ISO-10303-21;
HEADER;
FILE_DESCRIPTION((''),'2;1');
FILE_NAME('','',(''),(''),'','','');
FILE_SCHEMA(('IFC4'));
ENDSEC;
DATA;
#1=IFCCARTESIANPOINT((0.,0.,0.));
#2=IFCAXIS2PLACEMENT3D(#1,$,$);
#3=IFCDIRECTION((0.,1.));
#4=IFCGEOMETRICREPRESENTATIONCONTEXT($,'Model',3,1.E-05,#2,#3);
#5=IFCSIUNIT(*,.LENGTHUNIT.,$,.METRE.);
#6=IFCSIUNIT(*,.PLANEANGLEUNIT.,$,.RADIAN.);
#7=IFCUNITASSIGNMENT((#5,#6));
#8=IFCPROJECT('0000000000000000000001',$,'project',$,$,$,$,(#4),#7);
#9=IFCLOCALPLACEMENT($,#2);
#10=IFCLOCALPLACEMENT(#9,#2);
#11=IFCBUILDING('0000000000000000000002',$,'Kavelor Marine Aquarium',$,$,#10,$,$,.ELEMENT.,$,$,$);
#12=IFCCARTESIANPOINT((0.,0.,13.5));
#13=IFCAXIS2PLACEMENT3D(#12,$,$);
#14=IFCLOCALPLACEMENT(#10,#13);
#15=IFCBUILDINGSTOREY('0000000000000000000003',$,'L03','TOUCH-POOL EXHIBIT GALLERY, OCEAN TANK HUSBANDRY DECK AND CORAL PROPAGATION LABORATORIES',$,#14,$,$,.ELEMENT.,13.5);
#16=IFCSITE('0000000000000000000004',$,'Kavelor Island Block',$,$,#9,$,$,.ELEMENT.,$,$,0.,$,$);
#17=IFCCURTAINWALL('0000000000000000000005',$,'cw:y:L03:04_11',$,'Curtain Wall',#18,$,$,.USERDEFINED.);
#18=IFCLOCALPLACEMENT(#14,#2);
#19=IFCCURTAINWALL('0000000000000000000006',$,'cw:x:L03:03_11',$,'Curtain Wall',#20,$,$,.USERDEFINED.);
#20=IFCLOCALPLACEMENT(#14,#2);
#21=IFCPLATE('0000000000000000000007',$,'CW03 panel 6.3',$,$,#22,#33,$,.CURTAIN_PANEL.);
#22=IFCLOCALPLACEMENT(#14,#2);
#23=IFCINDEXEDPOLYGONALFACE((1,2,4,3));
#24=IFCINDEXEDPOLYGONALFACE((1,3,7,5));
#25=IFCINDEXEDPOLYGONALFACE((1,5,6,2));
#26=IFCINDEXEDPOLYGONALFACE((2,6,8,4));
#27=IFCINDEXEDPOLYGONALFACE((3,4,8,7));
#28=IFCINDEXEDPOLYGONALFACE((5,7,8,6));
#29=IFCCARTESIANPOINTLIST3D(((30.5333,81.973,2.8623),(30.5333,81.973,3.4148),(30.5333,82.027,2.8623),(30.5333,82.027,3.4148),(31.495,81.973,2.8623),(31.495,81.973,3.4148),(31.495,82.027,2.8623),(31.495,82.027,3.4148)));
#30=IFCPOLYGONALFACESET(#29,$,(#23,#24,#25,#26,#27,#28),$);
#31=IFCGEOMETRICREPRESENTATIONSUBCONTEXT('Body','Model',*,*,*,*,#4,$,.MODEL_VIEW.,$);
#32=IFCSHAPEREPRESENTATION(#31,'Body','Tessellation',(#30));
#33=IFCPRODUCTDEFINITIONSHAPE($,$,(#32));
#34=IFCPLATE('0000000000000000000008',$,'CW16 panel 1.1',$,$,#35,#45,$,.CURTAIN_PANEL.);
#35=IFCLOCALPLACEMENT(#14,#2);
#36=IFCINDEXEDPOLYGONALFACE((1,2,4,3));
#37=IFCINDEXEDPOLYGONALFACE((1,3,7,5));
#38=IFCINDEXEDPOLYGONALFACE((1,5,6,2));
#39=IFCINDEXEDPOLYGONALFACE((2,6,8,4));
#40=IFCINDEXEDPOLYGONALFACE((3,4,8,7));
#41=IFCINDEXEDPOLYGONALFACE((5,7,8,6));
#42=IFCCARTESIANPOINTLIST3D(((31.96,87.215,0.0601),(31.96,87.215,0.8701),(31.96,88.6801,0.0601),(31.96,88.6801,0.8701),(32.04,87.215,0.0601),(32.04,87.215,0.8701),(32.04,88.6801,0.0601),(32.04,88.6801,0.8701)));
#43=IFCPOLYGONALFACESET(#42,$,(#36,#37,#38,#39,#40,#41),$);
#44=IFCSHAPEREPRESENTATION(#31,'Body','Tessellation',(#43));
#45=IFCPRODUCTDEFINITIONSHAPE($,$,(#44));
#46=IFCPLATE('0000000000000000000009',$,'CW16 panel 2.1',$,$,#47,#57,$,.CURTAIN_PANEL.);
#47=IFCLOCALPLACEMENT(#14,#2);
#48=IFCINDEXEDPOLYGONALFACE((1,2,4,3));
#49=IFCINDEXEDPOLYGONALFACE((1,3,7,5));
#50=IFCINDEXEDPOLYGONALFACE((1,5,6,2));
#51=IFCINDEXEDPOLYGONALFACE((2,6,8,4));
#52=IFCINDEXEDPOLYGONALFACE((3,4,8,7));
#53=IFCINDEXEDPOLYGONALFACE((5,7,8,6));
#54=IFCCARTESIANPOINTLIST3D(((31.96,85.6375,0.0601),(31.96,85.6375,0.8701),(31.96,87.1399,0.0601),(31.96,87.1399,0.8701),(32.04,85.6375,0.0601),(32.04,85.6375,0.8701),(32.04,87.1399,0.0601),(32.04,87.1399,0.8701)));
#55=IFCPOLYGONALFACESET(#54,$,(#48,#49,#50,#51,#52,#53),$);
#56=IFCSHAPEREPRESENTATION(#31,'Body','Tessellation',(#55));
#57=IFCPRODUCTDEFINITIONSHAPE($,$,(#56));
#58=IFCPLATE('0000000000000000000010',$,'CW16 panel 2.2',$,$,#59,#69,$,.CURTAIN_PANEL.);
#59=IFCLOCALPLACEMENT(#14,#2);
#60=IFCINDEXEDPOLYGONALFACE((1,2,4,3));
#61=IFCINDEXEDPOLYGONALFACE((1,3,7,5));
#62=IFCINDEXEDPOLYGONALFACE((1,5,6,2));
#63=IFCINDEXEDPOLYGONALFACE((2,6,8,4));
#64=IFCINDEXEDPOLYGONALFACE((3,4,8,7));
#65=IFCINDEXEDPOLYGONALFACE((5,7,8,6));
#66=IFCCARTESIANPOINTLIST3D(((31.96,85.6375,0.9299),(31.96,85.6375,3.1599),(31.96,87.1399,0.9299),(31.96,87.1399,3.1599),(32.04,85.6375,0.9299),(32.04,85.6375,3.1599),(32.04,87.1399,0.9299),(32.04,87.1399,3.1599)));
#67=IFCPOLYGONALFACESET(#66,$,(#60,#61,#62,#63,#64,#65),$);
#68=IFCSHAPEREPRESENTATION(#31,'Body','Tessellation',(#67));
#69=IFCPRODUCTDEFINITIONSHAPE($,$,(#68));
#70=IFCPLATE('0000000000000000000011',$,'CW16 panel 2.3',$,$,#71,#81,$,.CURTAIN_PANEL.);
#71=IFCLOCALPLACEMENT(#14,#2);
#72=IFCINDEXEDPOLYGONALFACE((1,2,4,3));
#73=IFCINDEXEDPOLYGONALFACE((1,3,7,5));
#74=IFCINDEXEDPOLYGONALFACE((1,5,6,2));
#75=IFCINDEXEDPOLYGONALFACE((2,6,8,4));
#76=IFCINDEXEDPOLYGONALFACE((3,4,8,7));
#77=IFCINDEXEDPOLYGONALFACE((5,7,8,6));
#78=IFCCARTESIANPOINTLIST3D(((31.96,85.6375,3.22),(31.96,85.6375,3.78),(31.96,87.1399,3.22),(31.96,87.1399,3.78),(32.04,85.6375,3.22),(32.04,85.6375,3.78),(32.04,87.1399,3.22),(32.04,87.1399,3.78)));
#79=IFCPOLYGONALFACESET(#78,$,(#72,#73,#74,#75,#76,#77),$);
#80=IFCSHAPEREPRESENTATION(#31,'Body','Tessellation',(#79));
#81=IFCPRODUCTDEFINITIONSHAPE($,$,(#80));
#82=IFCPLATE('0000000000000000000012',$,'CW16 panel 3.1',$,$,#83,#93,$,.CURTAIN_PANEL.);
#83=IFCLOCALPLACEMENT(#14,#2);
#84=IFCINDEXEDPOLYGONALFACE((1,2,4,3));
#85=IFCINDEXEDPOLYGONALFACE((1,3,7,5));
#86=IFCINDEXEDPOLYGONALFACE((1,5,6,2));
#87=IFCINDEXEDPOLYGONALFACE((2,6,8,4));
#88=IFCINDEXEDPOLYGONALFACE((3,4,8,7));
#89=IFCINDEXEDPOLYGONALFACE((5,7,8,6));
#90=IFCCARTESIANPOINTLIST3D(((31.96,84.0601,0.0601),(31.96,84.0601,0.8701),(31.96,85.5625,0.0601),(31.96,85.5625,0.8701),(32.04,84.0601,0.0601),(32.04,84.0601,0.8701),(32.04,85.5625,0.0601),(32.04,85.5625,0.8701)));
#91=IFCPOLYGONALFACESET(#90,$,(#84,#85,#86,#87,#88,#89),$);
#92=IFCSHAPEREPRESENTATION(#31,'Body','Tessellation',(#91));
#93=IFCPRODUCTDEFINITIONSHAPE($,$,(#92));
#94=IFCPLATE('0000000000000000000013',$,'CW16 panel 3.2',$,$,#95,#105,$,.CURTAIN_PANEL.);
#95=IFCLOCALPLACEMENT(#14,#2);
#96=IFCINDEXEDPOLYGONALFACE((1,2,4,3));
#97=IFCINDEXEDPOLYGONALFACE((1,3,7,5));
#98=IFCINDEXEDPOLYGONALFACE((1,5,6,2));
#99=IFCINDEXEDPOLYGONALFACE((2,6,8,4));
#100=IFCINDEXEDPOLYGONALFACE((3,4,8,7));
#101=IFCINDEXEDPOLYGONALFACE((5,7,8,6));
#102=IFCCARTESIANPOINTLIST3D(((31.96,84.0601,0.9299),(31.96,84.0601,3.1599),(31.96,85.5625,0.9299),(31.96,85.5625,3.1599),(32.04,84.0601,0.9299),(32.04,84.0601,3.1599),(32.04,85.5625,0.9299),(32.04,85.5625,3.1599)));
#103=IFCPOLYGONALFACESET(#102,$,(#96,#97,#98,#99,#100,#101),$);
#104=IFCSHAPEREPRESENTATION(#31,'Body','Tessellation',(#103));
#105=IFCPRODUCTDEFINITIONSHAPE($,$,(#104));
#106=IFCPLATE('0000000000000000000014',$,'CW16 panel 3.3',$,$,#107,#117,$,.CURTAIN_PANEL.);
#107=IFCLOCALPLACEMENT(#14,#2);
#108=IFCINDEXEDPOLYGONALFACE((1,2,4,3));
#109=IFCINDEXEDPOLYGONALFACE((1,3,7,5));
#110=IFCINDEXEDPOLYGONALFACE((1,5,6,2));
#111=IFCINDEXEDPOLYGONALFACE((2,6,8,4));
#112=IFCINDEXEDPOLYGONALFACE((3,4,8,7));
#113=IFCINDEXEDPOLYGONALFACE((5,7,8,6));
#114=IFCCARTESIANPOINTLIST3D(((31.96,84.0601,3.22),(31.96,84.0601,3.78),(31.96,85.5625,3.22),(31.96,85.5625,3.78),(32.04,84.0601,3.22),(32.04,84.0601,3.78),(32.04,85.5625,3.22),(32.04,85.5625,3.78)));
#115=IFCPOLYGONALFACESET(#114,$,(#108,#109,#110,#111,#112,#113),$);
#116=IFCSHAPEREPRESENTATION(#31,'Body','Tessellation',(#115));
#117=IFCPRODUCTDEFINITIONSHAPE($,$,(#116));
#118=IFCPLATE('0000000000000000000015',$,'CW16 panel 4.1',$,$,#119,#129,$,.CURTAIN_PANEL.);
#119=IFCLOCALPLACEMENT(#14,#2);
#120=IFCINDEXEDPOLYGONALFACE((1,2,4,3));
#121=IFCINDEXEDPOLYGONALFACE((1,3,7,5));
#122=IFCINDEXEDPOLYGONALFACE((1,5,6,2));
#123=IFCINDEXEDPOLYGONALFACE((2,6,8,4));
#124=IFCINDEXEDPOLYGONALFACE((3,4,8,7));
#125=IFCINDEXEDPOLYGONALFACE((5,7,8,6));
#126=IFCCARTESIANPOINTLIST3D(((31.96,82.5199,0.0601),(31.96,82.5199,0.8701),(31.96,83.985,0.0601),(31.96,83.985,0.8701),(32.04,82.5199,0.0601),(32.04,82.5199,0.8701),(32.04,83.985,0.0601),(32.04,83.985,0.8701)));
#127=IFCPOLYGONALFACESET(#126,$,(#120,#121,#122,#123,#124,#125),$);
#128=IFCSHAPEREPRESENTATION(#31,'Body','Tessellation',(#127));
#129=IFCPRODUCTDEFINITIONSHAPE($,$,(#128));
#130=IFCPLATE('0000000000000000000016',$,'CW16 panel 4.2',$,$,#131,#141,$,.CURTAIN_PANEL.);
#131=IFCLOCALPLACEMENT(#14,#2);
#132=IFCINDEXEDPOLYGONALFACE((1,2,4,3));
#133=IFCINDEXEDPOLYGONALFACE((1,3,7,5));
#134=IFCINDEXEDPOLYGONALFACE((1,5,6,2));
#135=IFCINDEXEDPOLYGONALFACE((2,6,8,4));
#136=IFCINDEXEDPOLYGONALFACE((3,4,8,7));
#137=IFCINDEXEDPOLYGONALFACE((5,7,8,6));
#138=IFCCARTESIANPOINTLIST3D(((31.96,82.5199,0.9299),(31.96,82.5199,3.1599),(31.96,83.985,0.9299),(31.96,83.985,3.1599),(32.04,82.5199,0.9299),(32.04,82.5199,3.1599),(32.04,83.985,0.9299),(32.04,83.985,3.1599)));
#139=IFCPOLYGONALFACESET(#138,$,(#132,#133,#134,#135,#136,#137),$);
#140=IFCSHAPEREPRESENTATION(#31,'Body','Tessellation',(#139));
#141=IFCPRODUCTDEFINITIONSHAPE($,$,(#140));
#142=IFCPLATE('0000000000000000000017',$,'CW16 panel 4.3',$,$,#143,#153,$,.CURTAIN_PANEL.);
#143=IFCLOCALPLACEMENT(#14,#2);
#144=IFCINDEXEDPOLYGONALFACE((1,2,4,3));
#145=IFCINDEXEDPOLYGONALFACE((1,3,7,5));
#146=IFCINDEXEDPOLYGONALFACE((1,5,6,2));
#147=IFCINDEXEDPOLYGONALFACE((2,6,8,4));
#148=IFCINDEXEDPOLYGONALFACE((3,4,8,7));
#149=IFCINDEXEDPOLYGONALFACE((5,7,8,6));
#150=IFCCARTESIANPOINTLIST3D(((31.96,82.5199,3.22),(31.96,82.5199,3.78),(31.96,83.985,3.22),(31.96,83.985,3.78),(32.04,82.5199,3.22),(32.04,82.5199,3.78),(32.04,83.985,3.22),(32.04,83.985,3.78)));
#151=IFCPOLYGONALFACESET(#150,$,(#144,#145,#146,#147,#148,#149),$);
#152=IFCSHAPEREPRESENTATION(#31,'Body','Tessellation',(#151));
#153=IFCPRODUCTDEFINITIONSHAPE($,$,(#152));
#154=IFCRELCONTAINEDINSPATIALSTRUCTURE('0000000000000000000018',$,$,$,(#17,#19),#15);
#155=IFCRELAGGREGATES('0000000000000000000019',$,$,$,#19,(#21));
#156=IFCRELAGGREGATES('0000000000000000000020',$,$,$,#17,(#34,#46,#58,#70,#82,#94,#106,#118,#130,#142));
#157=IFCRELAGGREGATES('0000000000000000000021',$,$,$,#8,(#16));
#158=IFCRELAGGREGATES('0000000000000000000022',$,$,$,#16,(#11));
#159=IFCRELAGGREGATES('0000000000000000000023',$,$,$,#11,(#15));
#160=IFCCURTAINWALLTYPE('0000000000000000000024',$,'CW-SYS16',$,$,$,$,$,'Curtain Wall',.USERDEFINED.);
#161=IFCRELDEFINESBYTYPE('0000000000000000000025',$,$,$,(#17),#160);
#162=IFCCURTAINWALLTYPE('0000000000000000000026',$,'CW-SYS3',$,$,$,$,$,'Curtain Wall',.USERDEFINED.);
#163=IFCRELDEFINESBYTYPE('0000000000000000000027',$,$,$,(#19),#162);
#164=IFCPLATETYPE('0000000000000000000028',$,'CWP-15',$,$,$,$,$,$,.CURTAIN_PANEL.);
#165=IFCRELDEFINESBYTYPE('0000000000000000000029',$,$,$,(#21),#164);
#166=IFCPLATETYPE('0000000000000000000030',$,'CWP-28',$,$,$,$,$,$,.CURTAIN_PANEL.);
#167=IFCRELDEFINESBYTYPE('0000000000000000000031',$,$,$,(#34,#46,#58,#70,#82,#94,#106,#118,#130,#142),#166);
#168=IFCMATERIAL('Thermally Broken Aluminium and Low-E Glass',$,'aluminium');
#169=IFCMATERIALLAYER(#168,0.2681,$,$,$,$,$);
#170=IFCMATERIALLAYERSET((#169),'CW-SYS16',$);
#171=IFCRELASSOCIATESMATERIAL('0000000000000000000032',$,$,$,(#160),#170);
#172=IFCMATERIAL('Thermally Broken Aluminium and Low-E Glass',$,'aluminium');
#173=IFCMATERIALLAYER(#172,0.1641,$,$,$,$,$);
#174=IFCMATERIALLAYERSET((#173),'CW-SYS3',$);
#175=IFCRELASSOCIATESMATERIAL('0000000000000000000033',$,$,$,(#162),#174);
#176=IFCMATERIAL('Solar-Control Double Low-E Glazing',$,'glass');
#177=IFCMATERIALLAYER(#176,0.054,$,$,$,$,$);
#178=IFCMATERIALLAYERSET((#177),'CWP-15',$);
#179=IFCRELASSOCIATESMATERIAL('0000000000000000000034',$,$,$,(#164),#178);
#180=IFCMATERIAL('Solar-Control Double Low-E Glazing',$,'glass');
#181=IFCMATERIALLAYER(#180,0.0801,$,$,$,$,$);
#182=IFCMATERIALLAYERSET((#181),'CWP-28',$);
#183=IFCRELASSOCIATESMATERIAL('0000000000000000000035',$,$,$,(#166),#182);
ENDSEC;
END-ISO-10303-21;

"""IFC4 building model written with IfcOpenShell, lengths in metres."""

from ifc_helpers import new_model, si_unit, direction, frame, origin, origin_2d, place, context, subcontext, project, spatial, rectangle, extrude, material, layer, layer_set, type_object, element, aggregate, save


model = new_model("IFC4")

# Units and contexts
model_context = context("Model", 3, precision=1e-05, world=origin(), true_north=direction((0.0, 1.0)))
body_context = subcontext(model_context, "Body", "Model", "MODEL_VIEW")
ifc_project = project(units=[si_unit("LENGTHUNIT", "METRE"), si_unit("PLANEANGLEUNIT", "RADIAN")], contexts=[model_context])

# Site, building, storey
site_placement = place(None, origin())
site = spatial("IfcSite", under=ifc_project, at=site_placement, Name="Kavelor Island Block", CompositionType="ELEMENT", RefElevation=0.0)
building_placement = place(site_placement, origin())
building = spatial("IfcBuilding", under=site, at=building_placement, Name="Kavelor Marine Aquarium", CompositionType="ELEMENT")
storey_placement = place(building_placement, frame((0.0, 0.0, 13.5)))
storey = spatial("IfcBuildingStorey", under=building, at=storey_placement, Name="L03", Description="TOUCH-POOL EXHIBIT GALLERY, OCEAN TANK HUSBANDRY DECK AND CORAL PROPAGATION LABORATORIES", CompositionType="ELEMENT", Elevation=13.5)

# Curtain walls
ifc_material_1 = material(Name="Thermally Broken Aluminium and Low-E Glass", Category="aluminium")
ifc_layer_1 = layer(ifc_material_1, 0.2681)
ifc_layer_set_1 = layer_set([ifc_layer_1], Name="CW-SYS16")
curtain_wall_type_1 = type_object("IfcCurtainWallType", Name="CW-SYS16", ElementType="Curtain Wall", PredefinedType="USERDEFINED", material=ifc_layer_set_1)
curtain_wall_1_placement = place(storey_placement, origin())
curtain_wall_1 = element("IfcCurtainWall", 1, at=curtain_wall_1_placement, inside=storey, type_object=curtain_wall_type_1, Name="cw:y:L03:04_11", ObjectType="Curtain Wall", PredefinedType="USERDEFINED")
ifc_material_2 = material(Name="Thermally Broken Aluminium and Low-E Glass", Category="aluminium")
ifc_layer_2 = layer(ifc_material_2, 0.1641)
ifc_layer_set_2 = layer_set([ifc_layer_2], Name="CW-SYS3")
curtain_wall_type_2 = type_object("IfcCurtainWallType", Name="CW-SYS3", ElementType="Curtain Wall", PredefinedType="USERDEFINED", material=ifc_layer_set_2)
curtain_wall_2_placement = place(storey_placement, origin())
curtain_wall_2 = element("IfcCurtainWall", 2, at=curtain_wall_2_placement, inside=storey, type_object=curtain_wall_type_2, Name="cw:x:L03:03_11", ObjectType="Curtain Wall", PredefinedType="USERDEFINED")

# Plates
ifc_material_3 = material(Name="Solar-Control Double Low-E Glazing", Category="glass")
ifc_layer_3 = layer(ifc_material_3, 0.054)
ifc_layer_set_3 = layer_set([ifc_layer_3], Name="CWP-15")
plate_type_1 = type_object("IfcPlateType", Name="CWP-15", PredefinedType="CURTAIN_PANEL", material=ifc_layer_set_3)
plate_1_placement = place(storey_placement, frame((31.0142, 82.0, 2.8623), z_axis=(0.0, 0.0, 1.0), x_axis=(1.0, 0.0, 0.0)))
plate_1 = element("IfcPlate", 3, at=plate_1_placement, type_object=plate_type_1, Name="CW03 panel 6.3", PredefinedType="CURTAIN_PANEL", context=body_context, shape_type="SweptSolid", body=[
    extrude(rectangle(XDim=0.9617, YDim=0.054, at=origin_2d()), origin(), (0.0, 0.0, 1.0), 0.5525),
])
aggregate(curtain_wall_2, [plate_1])
ifc_material_4 = material(Name="Solar-Control Double Low-E Glazing", Category="glass")
ifc_layer_4 = layer(ifc_material_4, 0.0801)
ifc_layer_set_4 = layer_set([ifc_layer_4], Name="CWP-28")
plate_type_2 = type_object("IfcPlateType", Name="CWP-28", PredefinedType="CURTAIN_PANEL", material=ifc_layer_set_4)
plate_2_placement = place(storey_placement, frame((32.0, 87.9475, 0.0601), z_axis=(0.0, 0.0, 1.0), x_axis=(0.0, -1.0, 0.0)))
plate_2 = element("IfcPlate", 4, at=plate_2_placement, type_object=plate_type_2, Name="CW16 panel 1.1", PredefinedType="CURTAIN_PANEL", context=body_context, shape_type="SweptSolid", body=[
    extrude(rectangle(XDim=1.4651, YDim=0.0801, at=origin_2d()), origin(), (0.0, 0.0, 1.0), 0.8101),
])
plate_3_placement = place(storey_placement, frame((32.0, 86.3887, 0.0601), z_axis=(0.0, 0.0, 1.0), x_axis=(0.0, -1.0, 0.0)))
plate_3 = element("IfcPlate", 5, at=plate_3_placement, type_object=plate_type_2, Name="CW16 panel 2.1", PredefinedType="CURTAIN_PANEL", context=body_context, shape_type="SweptSolid", body=[
    extrude(rectangle(XDim=1.5024, YDim=0.0801, at=origin_2d()), origin(), (0.0, 0.0, 1.0), 0.8101),
])
plate_4_placement = place(storey_placement, frame((32.0, 86.3887, 0.9299), z_axis=(0.0, 0.0, 1.0), x_axis=(0.0, -1.0, 0.0)))
plate_4 = element("IfcPlate", 6, at=plate_4_placement, type_object=plate_type_2, Name="CW16 panel 2.2", PredefinedType="CURTAIN_PANEL", context=body_context, shape_type="SweptSolid", body=[
    extrude(rectangle(XDim=1.5024, YDim=0.0801, at=origin_2d()), origin(), (0.0, 0.0, 1.0), 2.23),
])
plate_5_placement = place(storey_placement, frame((32.0, 86.3887, 3.22), z_axis=(0.0, 0.0, 1.0), x_axis=(0.0, -1.0, 0.0)))
plate_5 = element("IfcPlate", 7, at=plate_5_placement, type_object=plate_type_2, Name="CW16 panel 2.3", PredefinedType="CURTAIN_PANEL", context=body_context, shape_type="SweptSolid", body=[
    extrude(rectangle(XDim=1.5024, YDim=0.0801, at=origin_2d()), origin(), (0.0, 0.0, 1.0), 0.5601),
])
plate_6_placement = place(storey_placement, frame((32.0, 84.8113, 0.0601), z_axis=(0.0, 0.0, 1.0), x_axis=(0.0, -1.0, 0.0)))
plate_6 = element("IfcPlate", 8, at=plate_6_placement, type_object=plate_type_2, Name="CW16 panel 3.1", PredefinedType="CURTAIN_PANEL", context=body_context, shape_type="SweptSolid", body=[
    extrude(rectangle(XDim=1.5024, YDim=0.0801, at=origin_2d()), origin(), (0.0, 0.0, 1.0), 0.8101),
])
plate_7_placement = place(storey_placement, frame((32.0, 84.8113, 0.9299), z_axis=(0.0, 0.0, 1.0), x_axis=(0.0, -1.0, 0.0)))
plate_7 = element("IfcPlate", 9, at=plate_7_placement, type_object=plate_type_2, Name="CW16 panel 3.2", PredefinedType="CURTAIN_PANEL", context=body_context, shape_type="SweptSolid", body=[
    extrude(rectangle(XDim=1.5024, YDim=0.0801, at=origin_2d()), origin(), (0.0, 0.0, 1.0), 2.23),
])
plate_8_placement = place(storey_placement, frame((32.0, 84.8113, 3.22), z_axis=(0.0, 0.0, 1.0), x_axis=(0.0, -1.0, 0.0)))
plate_8 = element("IfcPlate", 10, at=plate_8_placement, type_object=plate_type_2, Name="CW16 panel 3.3", PredefinedType="CURTAIN_PANEL", context=body_context, shape_type="SweptSolid", body=[
    extrude(rectangle(XDim=1.5024, YDim=0.0801, at=origin_2d()), origin(), (0.0, 0.0, 1.0), 0.5601),
])
plate_9_placement = place(storey_placement, frame((32.0, 83.2524, 0.0601), z_axis=(0.0, 0.0, 1.0), x_axis=(0.0, -1.0, 0.0)))
plate_9 = element("IfcPlate", 11, at=plate_9_placement, type_object=plate_type_2, Name="CW16 panel 4.1", PredefinedType="CURTAIN_PANEL", context=body_context, shape_type="SweptSolid", body=[
    extrude(rectangle(XDim=1.4651, YDim=0.0801, at=origin_2d()), origin(), (0.0, 0.0, 1.0), 0.8101),
])
plate_10_placement = place(storey_placement, frame((32.0, 83.2524, 0.9299), z_axis=(0.0, 0.0, 1.0), x_axis=(0.0, -1.0, 0.0)))
plate_10 = element("IfcPlate", 12, at=plate_10_placement, type_object=plate_type_2, Name="CW16 panel 4.2", PredefinedType="CURTAIN_PANEL", context=body_context, shape_type="SweptSolid", body=[
    extrude(rectangle(XDim=1.4651, YDim=0.0801, at=origin_2d()), origin(), (0.0, 0.0, 1.0), 2.23),
])
plate_11_placement = place(storey_placement, frame((32.0, 83.2524, 3.22), z_axis=(0.0, 0.0, 1.0), x_axis=(0.0, -1.0, 0.0)))
plate_11 = element("IfcPlate", 13, at=plate_11_placement, type_object=plate_type_2, Name="CW16 panel 4.3", PredefinedType="CURTAIN_PANEL", context=body_context, shape_type="SweptSolid", body=[
    extrude(rectangle(XDim=1.4651, YDim=0.0801, at=origin_2d()), origin(), (0.0, 0.0, 1.0), 0.5601),
])
aggregate(curtain_wall_1, [plate_2, plate_3, plate_4, plate_5, plate_6, plate_7, plate_8, plate_9, plate_10, plate_11])

save(model, "model.ifc")
